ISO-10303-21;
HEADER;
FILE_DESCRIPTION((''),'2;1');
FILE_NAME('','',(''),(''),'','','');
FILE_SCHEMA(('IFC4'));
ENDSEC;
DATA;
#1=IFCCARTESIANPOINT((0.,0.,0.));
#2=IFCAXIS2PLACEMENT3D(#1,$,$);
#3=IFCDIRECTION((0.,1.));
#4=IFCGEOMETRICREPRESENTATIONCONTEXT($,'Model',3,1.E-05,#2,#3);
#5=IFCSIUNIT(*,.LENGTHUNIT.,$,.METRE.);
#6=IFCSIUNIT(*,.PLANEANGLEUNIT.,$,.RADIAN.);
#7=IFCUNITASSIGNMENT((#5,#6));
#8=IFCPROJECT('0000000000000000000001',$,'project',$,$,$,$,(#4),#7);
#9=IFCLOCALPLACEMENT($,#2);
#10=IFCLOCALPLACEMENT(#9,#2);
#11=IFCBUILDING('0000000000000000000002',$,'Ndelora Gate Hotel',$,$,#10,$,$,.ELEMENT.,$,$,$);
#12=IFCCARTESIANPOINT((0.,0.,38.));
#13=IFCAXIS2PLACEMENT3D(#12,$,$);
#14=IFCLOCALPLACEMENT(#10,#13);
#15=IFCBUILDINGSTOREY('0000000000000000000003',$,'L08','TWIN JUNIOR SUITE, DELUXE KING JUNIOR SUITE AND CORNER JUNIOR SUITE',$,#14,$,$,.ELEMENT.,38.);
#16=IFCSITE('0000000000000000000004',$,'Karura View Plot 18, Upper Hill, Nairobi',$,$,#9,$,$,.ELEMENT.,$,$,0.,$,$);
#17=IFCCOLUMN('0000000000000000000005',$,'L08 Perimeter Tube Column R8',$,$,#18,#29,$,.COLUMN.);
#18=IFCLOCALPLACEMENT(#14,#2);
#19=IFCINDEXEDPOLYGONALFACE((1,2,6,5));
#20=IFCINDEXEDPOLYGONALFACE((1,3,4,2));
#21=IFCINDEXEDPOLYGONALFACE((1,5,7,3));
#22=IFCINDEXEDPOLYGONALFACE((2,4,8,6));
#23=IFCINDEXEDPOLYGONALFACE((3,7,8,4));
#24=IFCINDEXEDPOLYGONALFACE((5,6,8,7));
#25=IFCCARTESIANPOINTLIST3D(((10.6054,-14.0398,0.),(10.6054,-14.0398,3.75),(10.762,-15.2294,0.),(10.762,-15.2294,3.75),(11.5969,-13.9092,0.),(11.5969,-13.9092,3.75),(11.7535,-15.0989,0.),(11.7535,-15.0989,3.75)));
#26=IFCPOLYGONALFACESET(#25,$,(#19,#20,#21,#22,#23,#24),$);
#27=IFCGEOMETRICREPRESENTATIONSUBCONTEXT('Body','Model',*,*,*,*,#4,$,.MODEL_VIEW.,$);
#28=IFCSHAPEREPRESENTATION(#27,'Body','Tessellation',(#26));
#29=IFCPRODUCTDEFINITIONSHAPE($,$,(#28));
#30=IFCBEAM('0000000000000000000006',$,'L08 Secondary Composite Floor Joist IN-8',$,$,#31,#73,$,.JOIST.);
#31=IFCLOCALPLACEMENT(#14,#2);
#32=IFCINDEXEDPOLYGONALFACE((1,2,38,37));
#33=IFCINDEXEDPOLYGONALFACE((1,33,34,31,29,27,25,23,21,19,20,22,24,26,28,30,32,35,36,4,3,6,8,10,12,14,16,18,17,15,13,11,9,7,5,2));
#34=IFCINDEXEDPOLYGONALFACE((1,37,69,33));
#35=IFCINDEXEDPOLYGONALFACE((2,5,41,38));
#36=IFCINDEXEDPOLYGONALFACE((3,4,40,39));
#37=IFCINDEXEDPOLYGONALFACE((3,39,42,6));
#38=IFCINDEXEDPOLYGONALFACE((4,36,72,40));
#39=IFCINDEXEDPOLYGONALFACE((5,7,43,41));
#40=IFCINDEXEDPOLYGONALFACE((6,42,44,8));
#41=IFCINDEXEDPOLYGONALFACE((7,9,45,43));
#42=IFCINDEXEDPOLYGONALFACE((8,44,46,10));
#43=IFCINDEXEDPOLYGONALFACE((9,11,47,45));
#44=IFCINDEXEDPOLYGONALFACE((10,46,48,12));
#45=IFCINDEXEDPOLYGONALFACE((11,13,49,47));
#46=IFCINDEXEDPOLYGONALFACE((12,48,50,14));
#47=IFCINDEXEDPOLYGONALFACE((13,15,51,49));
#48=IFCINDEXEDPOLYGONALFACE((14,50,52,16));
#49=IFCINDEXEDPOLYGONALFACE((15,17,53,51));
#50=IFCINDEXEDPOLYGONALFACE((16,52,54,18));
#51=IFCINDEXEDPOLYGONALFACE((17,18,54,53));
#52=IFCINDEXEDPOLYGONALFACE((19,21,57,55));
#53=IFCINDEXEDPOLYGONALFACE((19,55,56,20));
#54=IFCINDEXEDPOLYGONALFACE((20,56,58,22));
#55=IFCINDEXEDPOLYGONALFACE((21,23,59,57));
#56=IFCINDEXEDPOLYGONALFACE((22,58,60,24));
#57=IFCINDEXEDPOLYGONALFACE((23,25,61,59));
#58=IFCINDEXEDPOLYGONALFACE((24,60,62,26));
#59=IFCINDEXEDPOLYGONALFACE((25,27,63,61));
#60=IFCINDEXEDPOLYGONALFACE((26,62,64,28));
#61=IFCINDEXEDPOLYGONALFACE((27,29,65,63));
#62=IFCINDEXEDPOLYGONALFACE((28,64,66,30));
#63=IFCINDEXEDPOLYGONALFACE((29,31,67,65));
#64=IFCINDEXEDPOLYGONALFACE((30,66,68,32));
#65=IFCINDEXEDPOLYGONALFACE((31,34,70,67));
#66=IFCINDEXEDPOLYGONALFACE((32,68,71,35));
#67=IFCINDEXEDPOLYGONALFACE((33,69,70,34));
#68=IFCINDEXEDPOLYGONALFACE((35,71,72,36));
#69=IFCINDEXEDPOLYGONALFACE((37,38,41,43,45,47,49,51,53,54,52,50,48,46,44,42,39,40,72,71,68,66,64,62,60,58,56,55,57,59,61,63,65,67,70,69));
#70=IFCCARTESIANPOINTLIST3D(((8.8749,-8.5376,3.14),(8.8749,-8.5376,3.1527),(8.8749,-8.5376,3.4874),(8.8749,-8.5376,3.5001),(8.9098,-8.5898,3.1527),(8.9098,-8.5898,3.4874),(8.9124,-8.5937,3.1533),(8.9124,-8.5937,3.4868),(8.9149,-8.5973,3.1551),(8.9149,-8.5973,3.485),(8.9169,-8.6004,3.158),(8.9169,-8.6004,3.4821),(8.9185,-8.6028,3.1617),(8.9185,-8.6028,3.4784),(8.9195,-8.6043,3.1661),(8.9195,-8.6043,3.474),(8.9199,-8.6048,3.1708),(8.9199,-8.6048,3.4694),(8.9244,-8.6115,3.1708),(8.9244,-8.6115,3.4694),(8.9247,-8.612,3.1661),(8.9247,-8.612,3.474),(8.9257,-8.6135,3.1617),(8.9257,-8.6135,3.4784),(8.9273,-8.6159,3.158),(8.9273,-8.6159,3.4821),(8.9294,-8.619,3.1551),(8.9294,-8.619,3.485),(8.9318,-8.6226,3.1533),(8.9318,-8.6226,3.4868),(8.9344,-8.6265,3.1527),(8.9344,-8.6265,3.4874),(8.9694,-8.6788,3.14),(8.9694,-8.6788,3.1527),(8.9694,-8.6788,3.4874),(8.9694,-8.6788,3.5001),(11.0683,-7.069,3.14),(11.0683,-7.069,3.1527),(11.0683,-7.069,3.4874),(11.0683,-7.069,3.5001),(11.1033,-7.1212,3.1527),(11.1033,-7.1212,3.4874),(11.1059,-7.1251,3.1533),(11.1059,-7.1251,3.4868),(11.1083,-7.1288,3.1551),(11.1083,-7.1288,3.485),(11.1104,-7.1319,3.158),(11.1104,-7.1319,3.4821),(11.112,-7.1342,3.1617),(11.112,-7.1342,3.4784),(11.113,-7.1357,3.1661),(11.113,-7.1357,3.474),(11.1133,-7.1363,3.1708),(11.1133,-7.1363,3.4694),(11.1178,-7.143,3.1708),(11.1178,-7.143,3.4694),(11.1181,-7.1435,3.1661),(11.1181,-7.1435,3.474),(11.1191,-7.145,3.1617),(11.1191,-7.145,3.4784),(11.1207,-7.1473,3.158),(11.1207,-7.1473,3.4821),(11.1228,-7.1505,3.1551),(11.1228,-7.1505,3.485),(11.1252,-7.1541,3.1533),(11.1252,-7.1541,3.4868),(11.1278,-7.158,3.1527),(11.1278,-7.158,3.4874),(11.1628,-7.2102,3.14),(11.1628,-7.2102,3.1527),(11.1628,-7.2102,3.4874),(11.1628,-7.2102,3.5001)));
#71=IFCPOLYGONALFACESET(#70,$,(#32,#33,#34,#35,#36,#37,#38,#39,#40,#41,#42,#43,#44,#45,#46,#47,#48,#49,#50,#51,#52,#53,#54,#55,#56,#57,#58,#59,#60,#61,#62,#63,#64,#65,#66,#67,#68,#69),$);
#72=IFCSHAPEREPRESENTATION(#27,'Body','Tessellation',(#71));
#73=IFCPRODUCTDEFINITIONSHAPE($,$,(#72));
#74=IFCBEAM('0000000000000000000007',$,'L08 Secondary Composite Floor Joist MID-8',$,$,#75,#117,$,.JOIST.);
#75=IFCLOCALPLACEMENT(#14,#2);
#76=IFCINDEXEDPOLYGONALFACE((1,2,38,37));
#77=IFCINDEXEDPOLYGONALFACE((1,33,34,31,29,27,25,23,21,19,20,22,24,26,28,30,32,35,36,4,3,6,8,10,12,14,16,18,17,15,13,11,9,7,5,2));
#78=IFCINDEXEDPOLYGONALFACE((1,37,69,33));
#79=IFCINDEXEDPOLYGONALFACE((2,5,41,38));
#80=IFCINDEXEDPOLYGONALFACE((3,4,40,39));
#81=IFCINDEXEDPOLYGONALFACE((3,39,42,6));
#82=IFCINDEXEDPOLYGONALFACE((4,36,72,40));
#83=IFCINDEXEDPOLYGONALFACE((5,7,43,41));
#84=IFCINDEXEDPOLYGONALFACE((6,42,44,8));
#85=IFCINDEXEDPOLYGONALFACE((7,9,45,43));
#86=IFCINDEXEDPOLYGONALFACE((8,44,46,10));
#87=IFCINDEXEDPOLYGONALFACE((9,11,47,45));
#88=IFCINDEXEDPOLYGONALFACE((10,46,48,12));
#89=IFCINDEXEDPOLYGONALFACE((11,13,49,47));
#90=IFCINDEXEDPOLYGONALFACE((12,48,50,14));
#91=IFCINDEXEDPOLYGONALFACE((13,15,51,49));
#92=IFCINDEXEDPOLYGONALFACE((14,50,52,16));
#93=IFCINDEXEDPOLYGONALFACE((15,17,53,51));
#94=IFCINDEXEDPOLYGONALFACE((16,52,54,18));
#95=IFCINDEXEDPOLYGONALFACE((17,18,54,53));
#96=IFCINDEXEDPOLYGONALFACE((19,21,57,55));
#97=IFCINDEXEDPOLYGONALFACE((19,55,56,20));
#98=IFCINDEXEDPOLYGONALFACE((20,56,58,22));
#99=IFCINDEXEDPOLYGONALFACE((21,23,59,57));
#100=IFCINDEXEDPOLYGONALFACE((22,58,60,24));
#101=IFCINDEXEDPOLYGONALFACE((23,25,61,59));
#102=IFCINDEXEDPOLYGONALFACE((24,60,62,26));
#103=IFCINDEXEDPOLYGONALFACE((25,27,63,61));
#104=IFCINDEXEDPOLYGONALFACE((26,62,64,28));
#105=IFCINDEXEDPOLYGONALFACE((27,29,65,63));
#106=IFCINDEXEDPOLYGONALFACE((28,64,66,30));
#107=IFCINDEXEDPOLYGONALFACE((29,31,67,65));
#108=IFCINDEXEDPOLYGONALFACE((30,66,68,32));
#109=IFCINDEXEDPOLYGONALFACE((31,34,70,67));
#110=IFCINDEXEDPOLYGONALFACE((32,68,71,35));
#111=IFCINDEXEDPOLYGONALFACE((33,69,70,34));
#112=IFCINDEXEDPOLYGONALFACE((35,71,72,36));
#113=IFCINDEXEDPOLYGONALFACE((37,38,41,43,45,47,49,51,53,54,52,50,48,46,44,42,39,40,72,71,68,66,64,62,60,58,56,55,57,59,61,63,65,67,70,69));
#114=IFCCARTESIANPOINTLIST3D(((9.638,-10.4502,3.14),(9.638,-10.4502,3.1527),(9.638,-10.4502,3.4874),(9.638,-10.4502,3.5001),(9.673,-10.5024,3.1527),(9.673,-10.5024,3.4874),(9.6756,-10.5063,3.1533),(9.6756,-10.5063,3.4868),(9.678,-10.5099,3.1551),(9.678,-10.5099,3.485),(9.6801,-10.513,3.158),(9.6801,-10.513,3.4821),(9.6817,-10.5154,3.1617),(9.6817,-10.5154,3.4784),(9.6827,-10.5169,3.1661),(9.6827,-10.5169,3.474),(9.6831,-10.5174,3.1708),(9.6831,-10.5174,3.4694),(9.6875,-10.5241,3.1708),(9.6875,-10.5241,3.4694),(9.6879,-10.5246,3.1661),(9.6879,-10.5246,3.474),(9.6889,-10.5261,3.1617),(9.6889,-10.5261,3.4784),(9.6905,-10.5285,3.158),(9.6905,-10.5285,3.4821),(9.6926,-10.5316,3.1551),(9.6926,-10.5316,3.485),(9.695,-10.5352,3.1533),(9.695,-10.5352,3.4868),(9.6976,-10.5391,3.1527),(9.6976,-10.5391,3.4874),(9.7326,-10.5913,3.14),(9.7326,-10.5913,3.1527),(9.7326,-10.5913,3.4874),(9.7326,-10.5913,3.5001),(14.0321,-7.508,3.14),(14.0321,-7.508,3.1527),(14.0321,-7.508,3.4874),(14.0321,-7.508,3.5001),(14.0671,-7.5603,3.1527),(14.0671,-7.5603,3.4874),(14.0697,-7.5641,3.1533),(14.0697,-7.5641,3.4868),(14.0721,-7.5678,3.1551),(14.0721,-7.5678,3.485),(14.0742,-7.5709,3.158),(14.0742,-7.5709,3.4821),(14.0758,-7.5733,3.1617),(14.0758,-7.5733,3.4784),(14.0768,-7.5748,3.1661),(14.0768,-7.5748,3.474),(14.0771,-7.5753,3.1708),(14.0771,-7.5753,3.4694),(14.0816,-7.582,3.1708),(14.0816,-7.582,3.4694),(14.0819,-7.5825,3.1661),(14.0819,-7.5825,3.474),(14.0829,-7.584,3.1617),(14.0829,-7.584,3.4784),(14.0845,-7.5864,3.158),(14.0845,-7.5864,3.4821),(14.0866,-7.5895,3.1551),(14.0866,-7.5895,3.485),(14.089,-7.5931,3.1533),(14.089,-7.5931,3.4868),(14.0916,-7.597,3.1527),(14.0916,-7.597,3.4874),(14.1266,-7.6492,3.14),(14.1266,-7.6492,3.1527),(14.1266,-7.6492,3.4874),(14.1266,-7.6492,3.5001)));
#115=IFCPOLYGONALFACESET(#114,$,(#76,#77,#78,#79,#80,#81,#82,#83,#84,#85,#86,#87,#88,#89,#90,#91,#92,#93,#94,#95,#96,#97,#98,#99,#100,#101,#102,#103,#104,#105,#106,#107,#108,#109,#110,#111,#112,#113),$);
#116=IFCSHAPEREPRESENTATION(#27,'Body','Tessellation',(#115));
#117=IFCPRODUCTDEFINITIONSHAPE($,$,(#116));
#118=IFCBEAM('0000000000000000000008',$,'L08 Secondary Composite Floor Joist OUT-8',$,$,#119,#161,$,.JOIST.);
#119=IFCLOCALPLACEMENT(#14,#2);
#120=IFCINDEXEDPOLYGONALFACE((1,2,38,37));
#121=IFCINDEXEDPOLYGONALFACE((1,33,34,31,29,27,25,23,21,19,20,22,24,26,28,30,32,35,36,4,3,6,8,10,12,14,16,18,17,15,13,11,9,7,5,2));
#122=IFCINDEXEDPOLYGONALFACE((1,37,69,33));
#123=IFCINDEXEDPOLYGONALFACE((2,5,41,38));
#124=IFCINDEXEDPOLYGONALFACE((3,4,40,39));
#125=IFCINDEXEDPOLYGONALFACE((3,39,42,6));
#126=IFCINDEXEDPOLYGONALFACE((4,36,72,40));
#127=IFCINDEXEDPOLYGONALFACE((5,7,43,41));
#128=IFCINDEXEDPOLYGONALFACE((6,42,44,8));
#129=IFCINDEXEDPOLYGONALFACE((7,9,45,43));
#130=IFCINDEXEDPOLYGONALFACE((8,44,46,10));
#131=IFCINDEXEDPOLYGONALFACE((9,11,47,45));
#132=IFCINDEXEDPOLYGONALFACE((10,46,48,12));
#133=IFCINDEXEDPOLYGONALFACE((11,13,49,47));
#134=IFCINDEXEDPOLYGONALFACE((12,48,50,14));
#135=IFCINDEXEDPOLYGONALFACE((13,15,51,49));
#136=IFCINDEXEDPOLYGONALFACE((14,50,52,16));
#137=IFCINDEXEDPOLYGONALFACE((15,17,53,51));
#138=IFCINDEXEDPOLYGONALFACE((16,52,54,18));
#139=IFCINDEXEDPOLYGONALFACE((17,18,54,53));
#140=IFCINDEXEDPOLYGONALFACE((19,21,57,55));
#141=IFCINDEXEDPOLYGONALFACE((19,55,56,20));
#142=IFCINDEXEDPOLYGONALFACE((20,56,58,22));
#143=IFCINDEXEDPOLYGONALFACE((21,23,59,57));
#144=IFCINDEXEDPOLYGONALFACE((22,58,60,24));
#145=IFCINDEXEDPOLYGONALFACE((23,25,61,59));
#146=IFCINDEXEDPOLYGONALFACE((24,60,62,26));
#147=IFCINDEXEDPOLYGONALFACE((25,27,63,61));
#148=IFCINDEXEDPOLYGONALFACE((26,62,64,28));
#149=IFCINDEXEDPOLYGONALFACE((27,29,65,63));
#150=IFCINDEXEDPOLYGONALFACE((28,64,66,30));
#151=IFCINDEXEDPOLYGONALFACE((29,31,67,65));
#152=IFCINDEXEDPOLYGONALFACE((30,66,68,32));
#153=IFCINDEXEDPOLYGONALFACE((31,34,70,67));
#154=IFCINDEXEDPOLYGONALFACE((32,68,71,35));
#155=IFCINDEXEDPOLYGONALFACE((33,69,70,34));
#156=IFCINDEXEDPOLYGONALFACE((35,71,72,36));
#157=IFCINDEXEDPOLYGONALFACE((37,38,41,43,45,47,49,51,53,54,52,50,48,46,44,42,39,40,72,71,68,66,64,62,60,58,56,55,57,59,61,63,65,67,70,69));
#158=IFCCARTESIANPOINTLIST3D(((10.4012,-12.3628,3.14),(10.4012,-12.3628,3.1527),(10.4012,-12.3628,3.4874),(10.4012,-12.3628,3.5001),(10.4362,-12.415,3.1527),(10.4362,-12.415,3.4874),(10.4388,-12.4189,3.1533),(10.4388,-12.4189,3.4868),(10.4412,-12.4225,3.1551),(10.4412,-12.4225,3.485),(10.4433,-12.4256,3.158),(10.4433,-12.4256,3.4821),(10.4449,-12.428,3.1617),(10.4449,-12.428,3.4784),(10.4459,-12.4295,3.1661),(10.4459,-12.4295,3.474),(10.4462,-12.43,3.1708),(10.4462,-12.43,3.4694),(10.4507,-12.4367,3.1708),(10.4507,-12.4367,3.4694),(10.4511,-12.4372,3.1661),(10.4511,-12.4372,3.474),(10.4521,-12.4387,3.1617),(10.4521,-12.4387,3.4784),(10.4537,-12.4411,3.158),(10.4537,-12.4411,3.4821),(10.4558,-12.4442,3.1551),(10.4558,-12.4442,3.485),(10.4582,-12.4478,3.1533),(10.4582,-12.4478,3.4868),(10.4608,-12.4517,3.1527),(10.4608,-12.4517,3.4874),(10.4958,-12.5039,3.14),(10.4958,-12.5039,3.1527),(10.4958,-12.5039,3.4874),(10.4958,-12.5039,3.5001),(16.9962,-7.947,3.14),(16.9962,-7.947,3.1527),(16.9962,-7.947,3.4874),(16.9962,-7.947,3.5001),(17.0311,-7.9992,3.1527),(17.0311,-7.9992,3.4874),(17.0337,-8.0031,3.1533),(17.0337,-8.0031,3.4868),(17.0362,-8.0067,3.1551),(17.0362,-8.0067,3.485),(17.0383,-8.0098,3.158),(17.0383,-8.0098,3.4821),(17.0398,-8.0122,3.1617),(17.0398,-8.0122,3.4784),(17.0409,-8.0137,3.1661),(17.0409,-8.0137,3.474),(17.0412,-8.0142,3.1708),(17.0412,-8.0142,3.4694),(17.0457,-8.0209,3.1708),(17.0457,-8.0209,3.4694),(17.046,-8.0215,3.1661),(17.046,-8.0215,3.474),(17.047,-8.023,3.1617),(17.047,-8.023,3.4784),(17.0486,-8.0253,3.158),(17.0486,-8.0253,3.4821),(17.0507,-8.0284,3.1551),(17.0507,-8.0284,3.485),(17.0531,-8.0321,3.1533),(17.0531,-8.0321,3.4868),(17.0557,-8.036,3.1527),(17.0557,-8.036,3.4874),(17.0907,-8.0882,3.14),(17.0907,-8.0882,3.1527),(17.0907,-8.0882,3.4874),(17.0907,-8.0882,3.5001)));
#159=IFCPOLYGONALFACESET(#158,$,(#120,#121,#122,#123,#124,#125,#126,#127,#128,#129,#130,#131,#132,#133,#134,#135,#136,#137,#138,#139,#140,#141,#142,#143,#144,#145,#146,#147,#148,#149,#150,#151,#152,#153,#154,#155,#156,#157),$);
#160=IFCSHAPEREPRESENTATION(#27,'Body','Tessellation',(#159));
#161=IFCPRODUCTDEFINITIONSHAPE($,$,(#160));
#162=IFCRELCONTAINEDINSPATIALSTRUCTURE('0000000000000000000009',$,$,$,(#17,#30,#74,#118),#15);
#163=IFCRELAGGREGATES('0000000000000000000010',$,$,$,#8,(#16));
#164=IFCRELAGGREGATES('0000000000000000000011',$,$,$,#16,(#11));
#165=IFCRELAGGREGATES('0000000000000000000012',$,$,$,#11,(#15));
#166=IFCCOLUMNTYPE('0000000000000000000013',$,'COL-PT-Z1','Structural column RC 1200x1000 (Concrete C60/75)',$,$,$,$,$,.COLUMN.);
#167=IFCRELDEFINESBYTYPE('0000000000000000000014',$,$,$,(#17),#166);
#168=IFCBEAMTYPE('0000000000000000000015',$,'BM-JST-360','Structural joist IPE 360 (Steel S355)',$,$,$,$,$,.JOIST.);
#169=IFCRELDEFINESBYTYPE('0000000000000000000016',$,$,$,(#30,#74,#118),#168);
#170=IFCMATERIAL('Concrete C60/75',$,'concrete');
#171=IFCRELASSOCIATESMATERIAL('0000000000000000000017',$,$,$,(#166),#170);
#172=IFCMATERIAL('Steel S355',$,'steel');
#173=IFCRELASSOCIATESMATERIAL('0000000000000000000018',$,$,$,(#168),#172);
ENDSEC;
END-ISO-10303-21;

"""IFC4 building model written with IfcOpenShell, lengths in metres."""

from ifc_helpers import new_model, si_unit, direction, frame, origin, origin_2d, place, context, subcontext, project, spatial, rectangle, i_section, extrude, material, material_profile, profile_set, type_object, element, save


model = new_model("IFC4")

# Units and contexts
model_context = context("Model", 3, precision=1e-05, world=origin(), true_north=direction((0.0, 1.0)))
body_context = subcontext(model_context, "Body", "Model", "MODEL_VIEW")
ifc_project = project(units=[si_unit("LENGTHUNIT", "METRE"), si_unit("PLANEANGLEUNIT", "RADIAN")], contexts=[model_context])

# Site, building, storey
site_placement = place(None, origin())
site = spatial("IfcSite", under=ifc_project, at=site_placement, Name="Karura View Plot 18, Upper Hill, Nairobi", CompositionType="ELEMENT", RefElevation=0.0)
building_placement = place(site_placement, origin())
building = spatial("IfcBuilding", under=site, at=building_placement, Name="Ndelora Gate Hotel", CompositionType="ELEMENT")
storey_placement = place(building_placement, frame((0.0, 0.0, 38.0)))
storey = spatial("IfcBuildingStorey", under=building, at=storey_placement, Name="L08", Description="TWIN JUNIOR SUITE, DELUXE KING JUNIOR SUITE AND CORNER JUNIOR SUITE", CompositionType="ELEMENT", Elevation=38.0)

# Column
ifc_material_1 = material(Name="Concrete C60/75", Category="concrete")
ifc_material_profile_1 = material_profile(ifc_material_1, rectangle(XDim=1.0, YDim=1.2, at=origin_2d()), Name="RC 1200x1000")
ifc_profile_set_1 = profile_set([ifc_material_profile_1], Name="Concrete C60/75")
column_type = type_object("IfcColumnType", Name="COL-PT-Z1", Description="Structural column RC 1200x1000 (Concrete C60/75)", PredefinedType="COLUMN", material=ifc_profile_set_1)
column_placement = place(storey_placement, frame((11.1794, -14.5693, 0.0), z_axis=(0.0, 0.0, 1.0), x_axis=(0.991445, 0.130526, 0.0)))
element("IfcColumn", 1, at=column_placement, inside=storey, type_object=column_type, Name="L08 Perimeter Tube Column R8", PredefinedType="COLUMN", context=body_context, shape_type="SweptSolid", body=[
    extrude(rectangle(XDim=1.0, YDim=1.2, at=origin_2d()), origin(), (0.0, 0.0, 1.0), 3.75),
])

# Beams
ifc_material_2 = material(Name="Steel S355", Category="steel")
ifc_material_profile_2 = material_profile(ifc_material_2, i_section(OverallWidth=0.1699, OverallDepth=0.3601, WebThickness=0.0081, FlangeThickness=0.0127, FilletRadius=0.0181, at=origin_2d()), Name="IPE 360")
ifc_profile_set_2 = profile_set([ifc_material_profile_2], Name="Steel S355")
beam_type_1 = type_object("IfcBeamType", Name="BM-JST-360", Description="Structural joist IPE 360 (Steel S355)", PredefinedType="JOIST", material=ifc_profile_set_2)
beam_1_placement = place(storey_placement, frame((8.9221, -8.6082, 3.3201), z_axis=(0.830953, 0.556343, 0.0), x_axis=(-0.556343, 0.830953, 0.0)))
element("IfcBeam", 2, at=beam_1_placement, inside=storey, type_object=beam_type_1, Name="L08 Secondary Composite Floor Joist IN-8", PredefinedType="JOIST", context=body_context, shape_type="SweptSolid", body=[
    extrude(i_section(OverallWidth=0.1699, OverallDepth=0.3601, WebThickness=0.0081, FlangeThickness=0.0127, FilletRadius=0.0181, at=origin_2d()), origin(), (0.0, 0.0, 1.0), 2.6396),
])
beam_2_placement = place(storey_placement, frame((9.6853, -10.5208, 3.3201), z_axis=(0.830933, 0.556372, 0.0), x_axis=(-0.556372, 0.830933, 0.0)))
element("IfcBeam", 3, at=beam_2_placement, inside=storey, type_object=beam_type_1, Name="L08 Secondary Composite Floor Joist MID-8", PredefinedType="JOIST", context=body_context, shape_type="SweptSolid", body=[
    extrude(i_section(OverallWidth=0.1699, OverallDepth=0.3601, WebThickness=0.0081, FlangeThickness=0.0127, FilletRadius=0.0181, at=origin_2d()), origin(), (0.0, 0.0, 1.0), 5.2881),
])
beam_3_placement = place(storey_placement, frame((10.4485, -12.4333, 3.3201), z_axis=(0.830937, 0.556367, 0.0), x_axis=(-0.556367, 0.830937, 0.0)))
element("IfcBeam", 4, at=beam_3_placement, inside=storey, type_object=beam_type_1, Name="L08 Secondary Composite Floor Joist OUT-8", PredefinedType="JOIST", context=body_context, shape_type="SweptSolid", body=[
    extrude(i_section(OverallWidth=0.1699, OverallDepth=0.3601, WebThickness=0.0081, FlangeThickness=0.0127, FilletRadius=0.0181, at=origin_2d()), origin(), (0.0, 0.0, 1.0), 7.9368),
])

save(model, "model.ifc")
